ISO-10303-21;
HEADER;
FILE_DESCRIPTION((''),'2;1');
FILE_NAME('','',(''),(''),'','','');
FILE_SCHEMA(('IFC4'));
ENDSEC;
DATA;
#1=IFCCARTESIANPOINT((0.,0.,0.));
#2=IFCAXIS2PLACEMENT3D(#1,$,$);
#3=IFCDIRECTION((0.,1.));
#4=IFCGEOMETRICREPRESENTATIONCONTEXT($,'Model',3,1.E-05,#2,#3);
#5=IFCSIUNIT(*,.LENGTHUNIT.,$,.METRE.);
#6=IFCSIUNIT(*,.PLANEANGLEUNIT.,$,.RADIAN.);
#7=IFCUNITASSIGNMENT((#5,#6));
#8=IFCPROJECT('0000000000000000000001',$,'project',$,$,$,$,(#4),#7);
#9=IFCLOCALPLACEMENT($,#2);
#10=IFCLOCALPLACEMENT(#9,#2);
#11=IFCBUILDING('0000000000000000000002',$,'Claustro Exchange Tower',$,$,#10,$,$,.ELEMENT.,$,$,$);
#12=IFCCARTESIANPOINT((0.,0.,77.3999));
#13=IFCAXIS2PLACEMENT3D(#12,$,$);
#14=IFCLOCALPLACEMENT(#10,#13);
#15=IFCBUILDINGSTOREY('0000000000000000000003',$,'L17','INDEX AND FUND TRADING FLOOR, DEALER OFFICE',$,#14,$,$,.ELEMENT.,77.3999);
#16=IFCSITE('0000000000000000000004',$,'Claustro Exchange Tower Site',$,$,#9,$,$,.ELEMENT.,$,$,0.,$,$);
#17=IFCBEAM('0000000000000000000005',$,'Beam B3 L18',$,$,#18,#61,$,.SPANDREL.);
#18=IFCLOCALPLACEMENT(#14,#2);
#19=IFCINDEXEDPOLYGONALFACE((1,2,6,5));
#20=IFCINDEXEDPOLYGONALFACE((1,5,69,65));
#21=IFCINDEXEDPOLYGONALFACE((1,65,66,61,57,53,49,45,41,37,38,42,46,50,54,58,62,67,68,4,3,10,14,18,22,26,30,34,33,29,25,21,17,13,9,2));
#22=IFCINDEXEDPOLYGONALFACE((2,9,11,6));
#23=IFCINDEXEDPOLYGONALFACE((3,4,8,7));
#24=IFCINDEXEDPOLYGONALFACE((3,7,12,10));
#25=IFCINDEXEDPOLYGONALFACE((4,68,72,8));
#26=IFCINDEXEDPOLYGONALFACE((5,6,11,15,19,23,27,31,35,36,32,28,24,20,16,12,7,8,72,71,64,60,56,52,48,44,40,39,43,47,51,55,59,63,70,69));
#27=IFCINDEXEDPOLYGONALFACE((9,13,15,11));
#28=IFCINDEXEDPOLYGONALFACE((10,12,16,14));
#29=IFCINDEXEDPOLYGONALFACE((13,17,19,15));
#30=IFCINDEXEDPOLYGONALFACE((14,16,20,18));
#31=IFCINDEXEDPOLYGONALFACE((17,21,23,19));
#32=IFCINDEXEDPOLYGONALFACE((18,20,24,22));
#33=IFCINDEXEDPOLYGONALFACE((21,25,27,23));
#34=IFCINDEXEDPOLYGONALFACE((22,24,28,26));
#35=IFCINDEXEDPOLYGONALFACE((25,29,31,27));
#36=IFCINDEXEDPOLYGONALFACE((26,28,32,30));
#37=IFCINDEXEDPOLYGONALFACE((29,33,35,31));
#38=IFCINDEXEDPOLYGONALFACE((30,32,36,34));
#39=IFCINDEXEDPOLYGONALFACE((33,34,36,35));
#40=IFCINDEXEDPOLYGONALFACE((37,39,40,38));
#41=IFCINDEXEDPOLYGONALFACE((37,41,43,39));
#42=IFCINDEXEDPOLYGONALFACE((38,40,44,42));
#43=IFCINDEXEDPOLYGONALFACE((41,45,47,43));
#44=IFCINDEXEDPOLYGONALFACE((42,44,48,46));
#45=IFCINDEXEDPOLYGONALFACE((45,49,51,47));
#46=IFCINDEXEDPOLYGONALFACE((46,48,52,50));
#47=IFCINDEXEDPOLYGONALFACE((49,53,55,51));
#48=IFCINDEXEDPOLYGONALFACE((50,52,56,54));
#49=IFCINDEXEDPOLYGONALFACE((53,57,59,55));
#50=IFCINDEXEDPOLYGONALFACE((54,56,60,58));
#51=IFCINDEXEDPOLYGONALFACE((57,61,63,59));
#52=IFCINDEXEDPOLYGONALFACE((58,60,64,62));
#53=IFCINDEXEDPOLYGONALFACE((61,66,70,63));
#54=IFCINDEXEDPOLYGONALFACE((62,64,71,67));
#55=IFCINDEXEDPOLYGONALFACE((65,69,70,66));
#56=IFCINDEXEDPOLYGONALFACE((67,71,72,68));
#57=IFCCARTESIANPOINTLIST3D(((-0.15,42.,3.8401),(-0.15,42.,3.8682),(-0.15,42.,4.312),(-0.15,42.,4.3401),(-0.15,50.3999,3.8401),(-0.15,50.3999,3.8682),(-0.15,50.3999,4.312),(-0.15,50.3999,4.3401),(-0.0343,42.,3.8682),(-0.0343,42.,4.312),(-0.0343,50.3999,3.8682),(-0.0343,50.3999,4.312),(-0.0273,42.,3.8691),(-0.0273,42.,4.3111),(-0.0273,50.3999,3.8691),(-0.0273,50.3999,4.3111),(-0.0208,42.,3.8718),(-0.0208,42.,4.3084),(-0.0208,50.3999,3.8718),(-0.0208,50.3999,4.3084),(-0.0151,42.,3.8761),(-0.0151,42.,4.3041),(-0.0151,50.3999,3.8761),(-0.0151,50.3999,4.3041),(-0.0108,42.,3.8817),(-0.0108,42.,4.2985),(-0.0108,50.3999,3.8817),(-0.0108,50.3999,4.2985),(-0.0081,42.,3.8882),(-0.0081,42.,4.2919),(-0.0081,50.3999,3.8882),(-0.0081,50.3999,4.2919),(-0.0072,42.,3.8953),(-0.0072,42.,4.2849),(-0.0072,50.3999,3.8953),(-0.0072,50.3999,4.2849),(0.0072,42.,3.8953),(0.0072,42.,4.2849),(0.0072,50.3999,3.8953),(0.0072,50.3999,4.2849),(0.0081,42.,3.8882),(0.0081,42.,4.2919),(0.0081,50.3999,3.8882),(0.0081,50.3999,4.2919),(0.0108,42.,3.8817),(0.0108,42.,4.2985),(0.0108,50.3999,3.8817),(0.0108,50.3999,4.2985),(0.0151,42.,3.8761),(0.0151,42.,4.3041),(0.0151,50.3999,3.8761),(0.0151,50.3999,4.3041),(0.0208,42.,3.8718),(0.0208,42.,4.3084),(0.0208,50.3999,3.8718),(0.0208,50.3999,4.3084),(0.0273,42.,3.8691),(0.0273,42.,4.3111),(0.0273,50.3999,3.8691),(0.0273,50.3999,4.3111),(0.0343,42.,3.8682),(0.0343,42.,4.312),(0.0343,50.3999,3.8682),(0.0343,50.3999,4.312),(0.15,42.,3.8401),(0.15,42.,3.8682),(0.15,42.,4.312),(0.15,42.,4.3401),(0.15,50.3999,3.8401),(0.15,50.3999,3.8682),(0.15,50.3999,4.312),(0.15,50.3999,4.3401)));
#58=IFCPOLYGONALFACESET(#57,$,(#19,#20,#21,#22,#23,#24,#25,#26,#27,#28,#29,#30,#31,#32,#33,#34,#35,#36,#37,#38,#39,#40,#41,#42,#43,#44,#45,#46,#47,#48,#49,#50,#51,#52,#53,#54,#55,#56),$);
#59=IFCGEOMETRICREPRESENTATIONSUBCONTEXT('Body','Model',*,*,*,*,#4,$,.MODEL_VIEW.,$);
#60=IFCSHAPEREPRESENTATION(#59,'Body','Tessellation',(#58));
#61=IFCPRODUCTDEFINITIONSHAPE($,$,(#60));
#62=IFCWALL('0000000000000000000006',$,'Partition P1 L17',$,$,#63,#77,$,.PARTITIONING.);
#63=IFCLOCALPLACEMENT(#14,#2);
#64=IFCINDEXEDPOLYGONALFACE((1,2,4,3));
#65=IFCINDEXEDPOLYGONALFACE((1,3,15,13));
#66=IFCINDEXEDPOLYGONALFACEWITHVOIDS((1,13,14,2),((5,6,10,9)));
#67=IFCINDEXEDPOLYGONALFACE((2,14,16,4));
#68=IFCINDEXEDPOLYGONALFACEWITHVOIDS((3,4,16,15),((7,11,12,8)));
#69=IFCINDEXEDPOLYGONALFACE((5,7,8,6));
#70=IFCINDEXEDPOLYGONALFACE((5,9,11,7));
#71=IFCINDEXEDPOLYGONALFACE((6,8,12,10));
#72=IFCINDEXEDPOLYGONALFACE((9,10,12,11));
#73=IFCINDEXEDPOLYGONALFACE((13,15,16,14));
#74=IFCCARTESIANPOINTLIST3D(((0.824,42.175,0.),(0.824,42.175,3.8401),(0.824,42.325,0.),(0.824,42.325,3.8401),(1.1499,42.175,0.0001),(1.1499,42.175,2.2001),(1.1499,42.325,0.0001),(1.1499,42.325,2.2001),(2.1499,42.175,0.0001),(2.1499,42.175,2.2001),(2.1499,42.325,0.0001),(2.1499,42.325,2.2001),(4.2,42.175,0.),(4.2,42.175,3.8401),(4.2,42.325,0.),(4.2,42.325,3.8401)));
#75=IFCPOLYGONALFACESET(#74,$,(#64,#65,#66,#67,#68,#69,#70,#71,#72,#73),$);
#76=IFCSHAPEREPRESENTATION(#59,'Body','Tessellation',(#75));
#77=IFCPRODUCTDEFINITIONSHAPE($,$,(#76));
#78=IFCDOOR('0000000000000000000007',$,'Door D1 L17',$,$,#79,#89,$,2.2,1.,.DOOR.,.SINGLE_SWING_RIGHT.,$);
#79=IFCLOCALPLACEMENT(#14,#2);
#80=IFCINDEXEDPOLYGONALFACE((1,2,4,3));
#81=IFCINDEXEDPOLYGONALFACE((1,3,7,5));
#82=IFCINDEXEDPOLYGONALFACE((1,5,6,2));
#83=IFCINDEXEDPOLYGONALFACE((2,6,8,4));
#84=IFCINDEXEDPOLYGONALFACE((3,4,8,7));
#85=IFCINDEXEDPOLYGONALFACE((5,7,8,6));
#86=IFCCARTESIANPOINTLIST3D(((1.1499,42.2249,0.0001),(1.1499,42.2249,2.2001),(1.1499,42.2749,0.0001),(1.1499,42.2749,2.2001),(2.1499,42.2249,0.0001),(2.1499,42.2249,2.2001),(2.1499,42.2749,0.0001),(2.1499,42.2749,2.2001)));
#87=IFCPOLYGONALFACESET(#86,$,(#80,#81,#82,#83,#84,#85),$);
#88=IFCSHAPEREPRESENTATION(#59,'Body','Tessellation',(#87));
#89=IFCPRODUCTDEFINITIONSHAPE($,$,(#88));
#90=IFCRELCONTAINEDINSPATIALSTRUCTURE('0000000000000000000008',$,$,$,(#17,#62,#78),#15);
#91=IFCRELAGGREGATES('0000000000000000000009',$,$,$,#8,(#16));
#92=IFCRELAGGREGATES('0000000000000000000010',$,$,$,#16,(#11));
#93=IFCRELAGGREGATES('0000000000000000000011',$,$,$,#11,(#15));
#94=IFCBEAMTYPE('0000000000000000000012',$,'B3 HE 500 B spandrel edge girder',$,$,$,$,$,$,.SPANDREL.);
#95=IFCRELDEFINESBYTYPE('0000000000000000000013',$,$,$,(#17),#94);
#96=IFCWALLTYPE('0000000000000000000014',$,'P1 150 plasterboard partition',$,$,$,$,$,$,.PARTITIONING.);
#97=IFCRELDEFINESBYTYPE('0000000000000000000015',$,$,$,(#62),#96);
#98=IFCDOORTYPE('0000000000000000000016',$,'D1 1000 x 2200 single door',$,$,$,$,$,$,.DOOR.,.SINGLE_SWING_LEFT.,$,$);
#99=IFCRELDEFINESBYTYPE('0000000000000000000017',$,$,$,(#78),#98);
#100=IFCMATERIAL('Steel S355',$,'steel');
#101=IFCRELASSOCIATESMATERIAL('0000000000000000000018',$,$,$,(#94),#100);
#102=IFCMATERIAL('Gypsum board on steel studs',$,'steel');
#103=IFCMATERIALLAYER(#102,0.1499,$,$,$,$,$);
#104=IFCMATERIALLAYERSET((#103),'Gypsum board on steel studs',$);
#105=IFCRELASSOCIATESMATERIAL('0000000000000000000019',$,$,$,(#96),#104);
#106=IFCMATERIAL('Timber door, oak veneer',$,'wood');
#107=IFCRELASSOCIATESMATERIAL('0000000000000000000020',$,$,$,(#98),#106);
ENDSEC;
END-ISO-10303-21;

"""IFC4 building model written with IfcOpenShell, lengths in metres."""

from ifc_helpers import new_model, si_unit, direction, frame, frame_2d, origin, origin_2d, place, context, subcontext, project, spatial, rectangle, i_section, extrude, material, layer, layer_set, material_profile, profile_set, type_object, element, fill, save


model = new_model("IFC4")

# Units and contexts
model_context = context("Model", 3, precision=1e-05, world=origin(), true_north=direction((0.0, 1.0)))
body_context = subcontext(model_context, "Body", "Model", "MODEL_VIEW")
ifc_project = project(units=[si_unit("LENGTHUNIT", "METRE"), si_unit("PLANEANGLEUNIT", "RADIAN")], contexts=[model_context])

# Site, building, storey
site_placement = place(None, origin())
site = spatial("IfcSite", under=ifc_project, at=site_placement, Name="Claustro Exchange Tower Site", CompositionType="ELEMENT", RefElevation=0.0)
building_placement = place(site_placement, origin())
building = spatial("IfcBuilding", under=site, at=building_placement, Name="Claustro Exchange Tower", CompositionType="ELEMENT")
storey_placement = place(building_placement, frame((0.0, 0.0, 77.3999)))
storey = spatial("IfcBuildingStorey", under=building, at=storey_placement, Name="L17", Description="INDEX AND FUND TRADING FLOOR, DEALER OFFICE", CompositionType="ELEMENT", Elevation=77.3999)

# Beam
ifc_material_1 = material(Name="Steel S355", Category="steel")
ifc_material_profile_1 = material_profile(ifc_material_1, i_section(OverallWidth=0.3, OverallDepth=0.5, WebThickness=0.0144, FlangeThickness=0.0281, FilletRadius=0.0271, at=origin_2d()), Name="HE 500 B")
ifc_profile_set_1 = profile_set([ifc_material_profile_1], Name="Steel S355")
beam_type_1 = type_object("IfcBeamType", Name="B3 HE 500 B spandrel edge girder", PredefinedType="SPANDREL", material=ifc_profile_set_1)
beam_1_placement = place(storey_placement, frame((0.0, 42.0, 4.0901), z_axis=(0.0, 1.0, 0.0), x_axis=(-1.0, 0.0, 0.0)))
element("IfcBeam", 1, at=beam_1_placement, inside=storey, type_object=beam_type_1, Name="Beam B3 L18", PredefinedType="SPANDREL", context=body_context, shape_type="SweptSolid", body=[
    extrude(i_section(OverallWidth=0.3, OverallDepth=0.5, WebThickness=0.0144, FlangeThickness=0.0281, FilletRadius=0.0271, at=origin_2d()), origin(), (0.0, 0.0, 1.0), 8.3999),
])

# Wall, opening, door
ifc_material_2 = material(Name="Gypsum board on steel studs", Category="steel")
ifc_layer_1 = layer(ifc_material_2, 0.1499)
ifc_layer_set_1 = layer_set([ifc_layer_1], Name="Gypsum board on steel studs")
wall_type_1 = type_object("IfcWallType", Name="P1 150 plasterboard partition", PredefinedType="PARTITIONING", material=ifc_layer_set_1)
wall_1_placement = place(storey_placement, frame((0.824, 42.25, 0.0), z_axis=(0.0, 0.0, 1.0), x_axis=(1.0, 0.0, 0.0)))
wall_1 = element("IfcWall", 2, at=wall_1_placement, inside=storey, type_object=wall_type_1, Name="Partition P1 L17", PredefinedType="PARTITIONING", context=body_context, shape_type="SweptSolid", body=[
    extrude(rectangle(XDim=3.376, YDim=0.1499, at=frame_2d((1.688, 0.0))), origin(), (0.0, 0.0, 1.0), 3.8401),
])
opening_1_placement = place(wall_1_placement, frame((0.3259, 0.0, 0.0)))
opening_1 = element("IfcOpeningElement", 3, at=opening_1_placement, cuts=wall_1, PredefinedType="OPENING", context=body_context, shape_type="SweptSolid", body=[
    extrude(rectangle(XDim=1.0, YDim=2.2, at=frame_2d((0.5, 1.1001))), frame((0.0, 0.085, 0.0), z_axis=(0.0, -1.0, 0.0), x_axis=(1.0, 0.0, 0.0)), (0.0, 0.0, 1.0), 0.1699),
])
ifc_material_3 = material(Name="Timber door, oak veneer", Category="wood")
door_type_1 = type_object("IfcDoorType", Name="D1 1000 x 2200 single door", OperationType="SINGLE_SWING_LEFT", PredefinedType="DOOR", material=ifc_material_3)
door_1_placement = place(opening_1_placement, origin())
door_1 = element("IfcDoor", 4, at=door_1_placement, inside=storey, type_object=door_type_1, Name="Door D1 L17", OperationType="SINGLE_SWING_RIGHT", OverallHeight=2.2, OverallWidth=1.0, PredefinedType="DOOR", context=body_context, shape_type="SweptSolid", body=[
    extrude(rectangle(XDim=1.0, YDim=2.2, at=frame_2d((0.5, 1.1001))), frame((0.0, 0.0249, 0.0), z_axis=(0.0, -1.0, 0.0), x_axis=(1.0, 0.0, 0.0)), (0.0, 0.0, 1.0), 0.05),
])
fill(opening_1, door_1)

save(model, "model.ifc")
